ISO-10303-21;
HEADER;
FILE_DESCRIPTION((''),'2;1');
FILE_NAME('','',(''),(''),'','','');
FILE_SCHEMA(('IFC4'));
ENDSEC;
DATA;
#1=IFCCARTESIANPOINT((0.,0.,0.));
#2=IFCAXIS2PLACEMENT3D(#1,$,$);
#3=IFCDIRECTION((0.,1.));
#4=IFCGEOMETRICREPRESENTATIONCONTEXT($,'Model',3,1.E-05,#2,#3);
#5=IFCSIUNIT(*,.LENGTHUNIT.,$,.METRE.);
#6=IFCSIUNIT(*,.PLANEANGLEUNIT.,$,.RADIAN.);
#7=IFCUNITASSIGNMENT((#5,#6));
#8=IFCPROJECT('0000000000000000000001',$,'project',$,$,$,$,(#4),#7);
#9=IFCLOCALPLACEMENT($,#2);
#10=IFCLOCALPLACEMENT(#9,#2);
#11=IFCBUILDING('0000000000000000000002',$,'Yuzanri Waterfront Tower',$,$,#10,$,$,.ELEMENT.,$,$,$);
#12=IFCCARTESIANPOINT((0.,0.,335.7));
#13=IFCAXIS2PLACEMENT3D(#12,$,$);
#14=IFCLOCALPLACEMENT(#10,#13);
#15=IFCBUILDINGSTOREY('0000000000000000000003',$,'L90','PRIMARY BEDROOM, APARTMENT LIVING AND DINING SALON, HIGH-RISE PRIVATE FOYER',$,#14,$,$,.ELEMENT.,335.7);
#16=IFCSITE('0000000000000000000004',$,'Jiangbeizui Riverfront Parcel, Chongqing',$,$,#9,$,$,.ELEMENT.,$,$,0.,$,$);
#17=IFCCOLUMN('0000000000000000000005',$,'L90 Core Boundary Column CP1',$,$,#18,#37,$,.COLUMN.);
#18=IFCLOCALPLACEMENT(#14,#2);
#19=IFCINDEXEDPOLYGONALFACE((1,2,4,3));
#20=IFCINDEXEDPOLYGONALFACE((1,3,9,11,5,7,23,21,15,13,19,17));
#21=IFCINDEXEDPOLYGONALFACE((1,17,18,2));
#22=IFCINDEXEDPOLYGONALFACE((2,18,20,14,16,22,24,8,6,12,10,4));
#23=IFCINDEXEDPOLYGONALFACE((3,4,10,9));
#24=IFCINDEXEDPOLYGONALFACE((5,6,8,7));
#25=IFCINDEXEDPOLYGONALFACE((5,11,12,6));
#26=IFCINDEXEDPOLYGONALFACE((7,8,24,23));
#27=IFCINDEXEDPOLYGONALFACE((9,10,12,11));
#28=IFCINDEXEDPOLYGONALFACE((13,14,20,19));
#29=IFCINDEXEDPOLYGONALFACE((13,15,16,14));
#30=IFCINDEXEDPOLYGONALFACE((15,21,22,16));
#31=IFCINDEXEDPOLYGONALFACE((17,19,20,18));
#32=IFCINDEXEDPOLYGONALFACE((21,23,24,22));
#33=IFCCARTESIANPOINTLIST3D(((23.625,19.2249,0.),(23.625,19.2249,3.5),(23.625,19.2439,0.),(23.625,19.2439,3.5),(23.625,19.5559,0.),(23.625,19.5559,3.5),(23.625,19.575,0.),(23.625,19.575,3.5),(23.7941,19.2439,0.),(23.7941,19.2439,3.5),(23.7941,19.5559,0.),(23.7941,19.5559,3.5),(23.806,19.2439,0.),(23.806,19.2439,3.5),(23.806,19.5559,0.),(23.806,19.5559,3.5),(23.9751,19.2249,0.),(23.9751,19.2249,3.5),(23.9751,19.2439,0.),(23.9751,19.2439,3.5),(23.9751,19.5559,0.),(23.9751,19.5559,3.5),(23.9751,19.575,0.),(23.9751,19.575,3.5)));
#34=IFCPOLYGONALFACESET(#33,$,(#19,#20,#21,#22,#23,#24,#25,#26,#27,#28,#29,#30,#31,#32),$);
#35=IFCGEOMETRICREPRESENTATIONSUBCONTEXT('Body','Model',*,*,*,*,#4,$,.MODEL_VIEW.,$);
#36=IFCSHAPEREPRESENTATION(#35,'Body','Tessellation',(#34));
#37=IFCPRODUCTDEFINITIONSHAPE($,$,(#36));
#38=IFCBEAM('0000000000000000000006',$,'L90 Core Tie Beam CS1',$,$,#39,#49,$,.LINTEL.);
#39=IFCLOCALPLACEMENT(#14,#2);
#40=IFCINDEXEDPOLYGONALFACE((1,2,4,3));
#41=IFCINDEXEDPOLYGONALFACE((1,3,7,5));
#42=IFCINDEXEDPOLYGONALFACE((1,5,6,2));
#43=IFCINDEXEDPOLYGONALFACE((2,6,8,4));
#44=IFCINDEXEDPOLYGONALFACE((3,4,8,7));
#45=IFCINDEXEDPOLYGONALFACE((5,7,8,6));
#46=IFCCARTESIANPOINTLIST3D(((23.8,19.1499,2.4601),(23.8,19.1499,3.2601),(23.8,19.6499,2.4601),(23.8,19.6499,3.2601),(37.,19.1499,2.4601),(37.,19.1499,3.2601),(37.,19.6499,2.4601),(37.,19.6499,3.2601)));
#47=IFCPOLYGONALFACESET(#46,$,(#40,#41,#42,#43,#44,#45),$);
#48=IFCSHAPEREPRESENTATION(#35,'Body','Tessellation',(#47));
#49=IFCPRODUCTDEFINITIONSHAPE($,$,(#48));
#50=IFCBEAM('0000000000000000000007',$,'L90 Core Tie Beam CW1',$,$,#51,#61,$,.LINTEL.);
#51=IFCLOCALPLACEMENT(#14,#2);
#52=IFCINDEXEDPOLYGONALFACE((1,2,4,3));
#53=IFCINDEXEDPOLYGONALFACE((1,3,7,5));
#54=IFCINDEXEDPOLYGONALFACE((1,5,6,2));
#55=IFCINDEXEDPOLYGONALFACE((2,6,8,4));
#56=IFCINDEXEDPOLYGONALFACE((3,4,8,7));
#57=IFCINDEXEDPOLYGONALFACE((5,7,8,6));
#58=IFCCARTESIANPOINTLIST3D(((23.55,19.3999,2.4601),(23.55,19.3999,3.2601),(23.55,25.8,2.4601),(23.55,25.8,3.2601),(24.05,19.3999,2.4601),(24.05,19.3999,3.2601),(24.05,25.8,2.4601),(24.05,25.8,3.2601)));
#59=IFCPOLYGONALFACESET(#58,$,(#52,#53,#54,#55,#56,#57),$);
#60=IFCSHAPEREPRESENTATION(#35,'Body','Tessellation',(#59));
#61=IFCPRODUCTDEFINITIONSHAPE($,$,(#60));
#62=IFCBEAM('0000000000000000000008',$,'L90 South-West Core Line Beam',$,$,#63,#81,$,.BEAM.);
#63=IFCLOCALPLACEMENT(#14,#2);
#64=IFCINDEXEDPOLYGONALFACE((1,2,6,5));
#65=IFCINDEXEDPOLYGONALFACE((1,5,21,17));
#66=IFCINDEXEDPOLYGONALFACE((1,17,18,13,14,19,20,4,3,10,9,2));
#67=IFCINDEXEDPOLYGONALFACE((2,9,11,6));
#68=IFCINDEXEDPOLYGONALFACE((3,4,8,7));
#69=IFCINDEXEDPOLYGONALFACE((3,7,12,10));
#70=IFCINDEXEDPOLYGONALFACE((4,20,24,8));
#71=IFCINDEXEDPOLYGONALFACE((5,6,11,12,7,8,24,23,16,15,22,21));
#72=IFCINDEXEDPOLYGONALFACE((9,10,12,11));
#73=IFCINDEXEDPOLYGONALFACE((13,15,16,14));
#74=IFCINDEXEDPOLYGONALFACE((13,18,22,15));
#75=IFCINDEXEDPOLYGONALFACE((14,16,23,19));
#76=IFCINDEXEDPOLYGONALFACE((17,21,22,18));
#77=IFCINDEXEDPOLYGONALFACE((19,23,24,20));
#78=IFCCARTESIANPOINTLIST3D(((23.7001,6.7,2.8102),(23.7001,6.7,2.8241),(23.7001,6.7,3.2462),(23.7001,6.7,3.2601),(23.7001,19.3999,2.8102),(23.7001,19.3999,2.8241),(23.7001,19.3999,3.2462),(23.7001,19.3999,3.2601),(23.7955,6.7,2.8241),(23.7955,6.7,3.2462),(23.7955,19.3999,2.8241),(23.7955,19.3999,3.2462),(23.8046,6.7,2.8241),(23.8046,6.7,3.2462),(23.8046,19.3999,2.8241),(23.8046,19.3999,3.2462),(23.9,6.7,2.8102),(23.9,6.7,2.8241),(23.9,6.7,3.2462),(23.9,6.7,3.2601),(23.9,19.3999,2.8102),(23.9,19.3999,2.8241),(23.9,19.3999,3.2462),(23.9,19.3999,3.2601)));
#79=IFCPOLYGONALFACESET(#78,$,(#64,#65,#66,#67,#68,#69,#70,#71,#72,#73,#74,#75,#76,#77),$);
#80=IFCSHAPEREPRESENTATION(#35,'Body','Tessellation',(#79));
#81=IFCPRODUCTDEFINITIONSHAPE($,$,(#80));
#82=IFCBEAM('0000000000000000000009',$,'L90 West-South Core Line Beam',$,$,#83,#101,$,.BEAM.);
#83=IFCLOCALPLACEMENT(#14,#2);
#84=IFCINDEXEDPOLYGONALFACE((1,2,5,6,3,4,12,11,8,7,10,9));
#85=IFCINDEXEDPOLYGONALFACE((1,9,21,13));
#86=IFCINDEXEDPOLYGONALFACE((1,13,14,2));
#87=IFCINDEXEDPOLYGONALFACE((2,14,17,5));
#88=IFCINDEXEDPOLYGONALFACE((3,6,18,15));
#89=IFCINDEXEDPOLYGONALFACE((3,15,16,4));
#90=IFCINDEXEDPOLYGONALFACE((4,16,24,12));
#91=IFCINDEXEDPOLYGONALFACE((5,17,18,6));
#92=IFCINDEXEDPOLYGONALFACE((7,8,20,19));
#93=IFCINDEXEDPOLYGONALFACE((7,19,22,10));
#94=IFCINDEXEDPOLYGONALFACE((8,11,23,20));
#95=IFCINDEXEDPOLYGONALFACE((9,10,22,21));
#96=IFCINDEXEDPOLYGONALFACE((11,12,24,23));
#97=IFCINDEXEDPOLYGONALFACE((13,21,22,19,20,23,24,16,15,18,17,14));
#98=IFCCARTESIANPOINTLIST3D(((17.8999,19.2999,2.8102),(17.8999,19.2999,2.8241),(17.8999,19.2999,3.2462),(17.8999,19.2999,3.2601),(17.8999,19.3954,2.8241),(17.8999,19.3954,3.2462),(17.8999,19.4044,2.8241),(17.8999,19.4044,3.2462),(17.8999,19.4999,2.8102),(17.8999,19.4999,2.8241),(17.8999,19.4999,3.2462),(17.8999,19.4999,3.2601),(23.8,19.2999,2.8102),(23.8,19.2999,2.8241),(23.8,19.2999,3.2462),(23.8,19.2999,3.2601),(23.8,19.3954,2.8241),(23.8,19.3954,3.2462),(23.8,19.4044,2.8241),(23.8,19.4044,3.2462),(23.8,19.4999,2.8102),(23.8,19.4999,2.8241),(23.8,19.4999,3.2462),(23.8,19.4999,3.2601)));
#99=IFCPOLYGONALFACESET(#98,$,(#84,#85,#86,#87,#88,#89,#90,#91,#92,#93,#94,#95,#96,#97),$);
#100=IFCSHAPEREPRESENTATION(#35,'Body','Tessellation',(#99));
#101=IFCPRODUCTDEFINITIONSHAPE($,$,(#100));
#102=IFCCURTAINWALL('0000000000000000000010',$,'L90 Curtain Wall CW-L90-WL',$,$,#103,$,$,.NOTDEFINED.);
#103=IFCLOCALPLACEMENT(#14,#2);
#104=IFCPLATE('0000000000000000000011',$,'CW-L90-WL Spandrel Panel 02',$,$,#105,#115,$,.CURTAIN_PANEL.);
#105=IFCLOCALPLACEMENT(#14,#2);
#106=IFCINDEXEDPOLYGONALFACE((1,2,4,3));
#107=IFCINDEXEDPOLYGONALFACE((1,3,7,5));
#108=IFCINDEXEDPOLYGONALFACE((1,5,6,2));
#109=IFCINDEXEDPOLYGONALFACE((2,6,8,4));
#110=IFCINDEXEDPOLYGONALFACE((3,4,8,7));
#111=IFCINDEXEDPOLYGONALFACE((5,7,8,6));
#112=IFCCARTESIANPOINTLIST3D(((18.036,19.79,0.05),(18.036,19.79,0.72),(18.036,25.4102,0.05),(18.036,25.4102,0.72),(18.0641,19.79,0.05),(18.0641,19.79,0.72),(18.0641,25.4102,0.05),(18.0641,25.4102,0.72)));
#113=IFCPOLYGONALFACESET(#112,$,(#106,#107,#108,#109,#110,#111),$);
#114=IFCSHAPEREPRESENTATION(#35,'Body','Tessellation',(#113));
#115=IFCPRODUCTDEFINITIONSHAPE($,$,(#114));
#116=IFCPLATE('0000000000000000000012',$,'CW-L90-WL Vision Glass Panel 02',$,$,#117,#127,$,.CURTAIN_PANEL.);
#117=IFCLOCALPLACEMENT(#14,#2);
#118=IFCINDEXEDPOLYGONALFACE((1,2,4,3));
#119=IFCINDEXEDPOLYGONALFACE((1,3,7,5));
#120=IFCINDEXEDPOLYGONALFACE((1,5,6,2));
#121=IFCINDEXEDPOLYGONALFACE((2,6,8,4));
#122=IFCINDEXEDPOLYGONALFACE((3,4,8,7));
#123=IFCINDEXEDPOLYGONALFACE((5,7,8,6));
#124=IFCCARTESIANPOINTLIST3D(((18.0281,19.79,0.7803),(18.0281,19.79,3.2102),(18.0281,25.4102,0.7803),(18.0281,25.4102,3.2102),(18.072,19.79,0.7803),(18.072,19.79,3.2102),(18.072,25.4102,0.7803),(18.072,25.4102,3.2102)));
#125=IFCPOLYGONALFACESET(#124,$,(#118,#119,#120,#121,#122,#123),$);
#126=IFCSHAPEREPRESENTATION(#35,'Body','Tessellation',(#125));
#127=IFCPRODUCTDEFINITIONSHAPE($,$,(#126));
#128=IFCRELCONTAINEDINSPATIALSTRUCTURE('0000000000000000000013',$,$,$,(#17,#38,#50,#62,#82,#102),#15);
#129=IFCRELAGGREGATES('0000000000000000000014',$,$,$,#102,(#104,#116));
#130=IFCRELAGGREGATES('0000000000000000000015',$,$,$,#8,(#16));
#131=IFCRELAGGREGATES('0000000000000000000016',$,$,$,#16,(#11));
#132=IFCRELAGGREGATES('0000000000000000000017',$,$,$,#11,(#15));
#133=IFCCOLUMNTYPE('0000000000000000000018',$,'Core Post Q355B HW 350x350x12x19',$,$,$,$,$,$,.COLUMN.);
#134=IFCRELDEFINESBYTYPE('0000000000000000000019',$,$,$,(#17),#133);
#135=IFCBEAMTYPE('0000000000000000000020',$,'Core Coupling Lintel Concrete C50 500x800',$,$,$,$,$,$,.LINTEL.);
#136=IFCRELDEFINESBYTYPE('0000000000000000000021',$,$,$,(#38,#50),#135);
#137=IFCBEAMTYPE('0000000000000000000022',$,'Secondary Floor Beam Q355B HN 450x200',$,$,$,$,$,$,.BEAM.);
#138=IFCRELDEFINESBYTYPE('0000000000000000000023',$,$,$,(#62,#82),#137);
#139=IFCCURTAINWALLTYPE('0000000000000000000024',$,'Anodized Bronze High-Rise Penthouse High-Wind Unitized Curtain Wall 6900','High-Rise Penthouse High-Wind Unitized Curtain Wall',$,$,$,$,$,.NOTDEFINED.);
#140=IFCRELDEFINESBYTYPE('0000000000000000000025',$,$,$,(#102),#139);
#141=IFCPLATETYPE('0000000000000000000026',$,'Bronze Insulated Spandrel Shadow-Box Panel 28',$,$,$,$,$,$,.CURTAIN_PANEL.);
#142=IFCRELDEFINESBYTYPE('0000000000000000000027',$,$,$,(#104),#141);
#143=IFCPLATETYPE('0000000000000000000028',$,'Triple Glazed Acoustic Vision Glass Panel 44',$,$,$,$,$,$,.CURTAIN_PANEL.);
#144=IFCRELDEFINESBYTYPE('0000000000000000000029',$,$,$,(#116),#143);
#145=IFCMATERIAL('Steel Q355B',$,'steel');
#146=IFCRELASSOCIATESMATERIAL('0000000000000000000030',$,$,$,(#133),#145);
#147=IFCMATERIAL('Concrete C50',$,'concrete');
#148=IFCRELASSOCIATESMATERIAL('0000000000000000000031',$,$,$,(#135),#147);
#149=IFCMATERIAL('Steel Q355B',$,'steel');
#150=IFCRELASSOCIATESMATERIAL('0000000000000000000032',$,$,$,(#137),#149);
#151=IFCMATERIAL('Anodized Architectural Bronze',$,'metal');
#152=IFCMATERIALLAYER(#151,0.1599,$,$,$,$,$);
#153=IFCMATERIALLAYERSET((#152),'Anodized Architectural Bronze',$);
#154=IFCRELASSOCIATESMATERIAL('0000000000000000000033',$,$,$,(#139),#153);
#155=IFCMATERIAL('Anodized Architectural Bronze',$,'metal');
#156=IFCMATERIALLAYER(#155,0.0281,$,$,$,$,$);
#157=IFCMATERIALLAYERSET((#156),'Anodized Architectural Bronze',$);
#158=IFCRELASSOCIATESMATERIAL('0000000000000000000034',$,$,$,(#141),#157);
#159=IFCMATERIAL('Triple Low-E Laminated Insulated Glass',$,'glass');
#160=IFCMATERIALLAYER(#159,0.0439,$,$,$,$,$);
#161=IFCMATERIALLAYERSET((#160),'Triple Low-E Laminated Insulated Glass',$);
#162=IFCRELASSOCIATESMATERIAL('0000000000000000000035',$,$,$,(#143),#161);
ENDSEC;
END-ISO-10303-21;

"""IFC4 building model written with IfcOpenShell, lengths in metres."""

from ifc_helpers import new_model, si_unit, direction, frame, origin, origin_2d, place, context, subcontext, project, spatial, rectangle, i_section, extrude, source, transform, mapped, material, layer, layer_set, material_profile, profile_set, type_object, element, aggregate, save


model = new_model("IFC4")

# Units and contexts
model_context = context("Model", 3, precision=1e-05, world=origin(), true_north=direction((0.0, 1.0)))
body_context = subcontext(model_context, "Body", "Model", "MODEL_VIEW")
ifc_project = project(units=[si_unit("LENGTHUNIT", "METRE"), si_unit("PLANEANGLEUNIT", "RADIAN")], contexts=[model_context])

# Site, building, storey
site_placement = place(None, origin())
site = spatial("IfcSite", under=ifc_project, at=site_placement, Name="Jiangbeizui Riverfront Parcel, Chongqing", CompositionType="ELEMENT", RefElevation=0.0)
building_placement = place(site_placement, origin())
building = spatial("IfcBuilding", under=site, at=building_placement, Name="Yuzanri Waterfront Tower", CompositionType="ELEMENT")
storey_placement = place(building_placement, frame((0.0, 0.0, 335.7)))
storey = spatial("IfcBuildingStorey", under=building, at=storey_placement, Name="L90", Description="PRIMARY BEDROOM, APARTMENT LIVING AND DINING SALON, HIGH-RISE PRIVATE FOYER", CompositionType="ELEMENT", Elevation=335.7)

# Column
ifc_material_1 = material(Name="Steel Q355B", Category="steel")
ifc_material_profile_1 = material_profile(ifc_material_1, i_section(OverallWidth=0.3501, OverallDepth=0.3501, WebThickness=0.012, FlangeThickness=0.019, at=origin_2d()), Name="HW 350x350x12x19")
ifc_profile_set_1 = profile_set([ifc_material_profile_1], Name="Steel Q355B")
column_type = type_object("IfcColumnType", Name="Core Post Q355B HW 350x350x12x19", PredefinedType="COLUMN", material=ifc_profile_set_1)
shared_shape_1 = source(origin(), body_context, "Body", "SweptSolid", [
    extrude(i_section(OverallWidth=0.3501, OverallDepth=0.3501, WebThickness=0.012, FlangeThickness=0.019, at=origin_2d()), origin(), (0.0, 0.0, 1.0), 3.5),
])
column_placement = place(storey_placement, frame((23.8, 19.3999, 0.0), z_axis=(0.0, 0.0, 1.0), x_axis=(1.0, 0.0, 0.0)))
element("IfcColumn", 1, at=column_placement, inside=storey, type_object=column_type, Name="L90 Core Boundary Column CP1", PredefinedType="COLUMN", context=body_context, shape_type="MappedRepresentation", body=[
    mapped(shared_shape_1, transform((0.0, 0.0, 0.0), scale=1.0)),
])

# Beams
ifc_material_2 = material(Name="Concrete C50", Category="concrete")
ifc_material_profile_2 = material_profile(ifc_material_2, rectangle(XDim=0.5, YDim=0.8, at=origin_2d()), Name="RC 500x800")
ifc_profile_set_2 = profile_set([ifc_material_profile_2], Name="Concrete C50")
beam_type_1 = type_object("IfcBeamType", Name="Core Coupling Lintel Concrete C50 500x800", PredefinedType="LINTEL", material=ifc_profile_set_2)
shared_shape_2 = source(origin(), body_context, "Body", "SweptSolid", [
    extrude(rectangle(XDim=0.5, YDim=0.8, at=origin_2d()), origin(), (0.0, 0.0, 1.0), 13.2),
])
beam_1_placement = place(storey_placement, frame((23.8, 19.3999, 2.8601), z_axis=(1.0, 0.0, 0.0), x_axis=(0.0, 1.0, 0.0)))
element("IfcBeam", 2, at=beam_1_placement, inside=storey, type_object=beam_type_1, Name="L90 Core Tie Beam CS1", PredefinedType="LINTEL", context=body_context, shape_type="MappedRepresentation", body=[
    mapped(shared_shape_2, transform((0.0, 0.0, 0.0), scale=1.0)),
])
shared_shape_3 = source(origin(), body_context, "Body", "SweptSolid", [
    extrude(rectangle(XDim=0.5, YDim=0.8, at=origin_2d()), origin(), (0.0, 0.0, 1.0), 6.4001),
])
beam_2_placement = place(storey_placement, frame((23.8, 19.3999, 2.8601), z_axis=(0.0, 1.0, 0.0), x_axis=(-1.0, 0.0, 0.0)))
element("IfcBeam", 3, at=beam_2_placement, inside=storey, type_object=beam_type_1, Name="L90 Core Tie Beam CW1", PredefinedType="LINTEL", context=body_context, shape_type="MappedRepresentation", body=[
    mapped(shared_shape_3, transform((0.0, 0.0, 0.0), scale=1.0)),
])
ifc_material_3 = material(Name="Steel Q355B", Category="steel")
ifc_material_profile_3 = material_profile(ifc_material_3, i_section(OverallWidth=0.2, OverallDepth=0.45, WebThickness=0.009, FlangeThickness=0.0139, at=origin_2d()), Name="HN 450x200x9x14")
ifc_profile_set_3 = profile_set([ifc_material_profile_3], Name="Steel Q355B")
beam_type_2 = type_object("IfcBeamType", Name="Secondary Floor Beam Q355B HN 450x200", PredefinedType="BEAM", material=ifc_profile_set_3)
shared_shape_4 = source(origin(), body_context, "Body", "SweptSolid", [
    extrude(i_section(OverallWidth=0.2, OverallDepth=0.45, WebThickness=0.009, FlangeThickness=0.0139, at=origin_2d()), origin(), (0.0, 0.0, 1.0), 12.7),
])
beam_3_placement = place(storey_placement, frame((23.8, 19.3999, 3.0352), z_axis=(0.0, -1.0, 0.0), x_axis=(1.0, 0.0, 0.0)))
element("IfcBeam", 4, at=beam_3_placement, inside=storey, type_object=beam_type_2, Name="L90 South-West Core Line Beam", PredefinedType="BEAM", context=body_context, shape_type="MappedRepresentation", body=[
    mapped(shared_shape_4, transform((0.0, 0.0, 0.0), scale=1.0)),
])
shared_shape_5 = source(origin(), body_context, "Body", "SweptSolid", [
    extrude(i_section(OverallWidth=0.2, OverallDepth=0.45, WebThickness=0.009, FlangeThickness=0.0139, at=origin_2d()), origin(), (0.0, 0.0, 1.0), 5.9001),
])
beam_4_placement = place(storey_placement, frame((23.8, 19.3999, 3.0352), z_axis=(-1.0, 0.0, 0.0), x_axis=(0.0, -1.0, 0.0)))
element("IfcBeam", 5, at=beam_4_placement, inside=storey, type_object=beam_type_2, Name="L90 West-South Core Line Beam", PredefinedType="BEAM", context=body_context, shape_type="MappedRepresentation", body=[
    mapped(shared_shape_5, transform((0.0, 0.0, 0.0), scale=1.0)),
])

# Curtain wall, plates
ifc_material_4 = material(Name="Anodized Architectural Bronze", Category="metal")
ifc_layer_1 = layer(ifc_material_4, 0.1599)
ifc_layer_set_1 = layer_set([ifc_layer_1], Name="Anodized Architectural Bronze")
curtain_wall_type = type_object("IfcCurtainWallType", Name="Anodized Bronze High-Rise Penthouse High-Wind Unitized Curtain Wall 6900", Description="High-Rise Penthouse High-Wind Unitized Curtain Wall", PredefinedType="NOTDEFINED", material=ifc_layer_set_1)
curtain_wall_placement = place(storey_placement, origin())
curtain_wall = element("IfcCurtainWall", 6, at=curtain_wall_placement, inside=storey, type_object=curtain_wall_type, Name="L90 Curtain Wall CW-L90-WL", PredefinedType="NOTDEFINED")
ifc_material_5 = material(Name="Anodized Architectural Bronze", Category="metal")
ifc_layer_2 = layer(ifc_material_5, 0.0281)
ifc_layer_set_2 = layer_set([ifc_layer_2], Name="Anodized Architectural Bronze")
plate_type_1 = type_object("IfcPlateType", Name="Bronze Insulated Spandrel Shadow-Box Panel 28", PredefinedType="CURTAIN_PANEL", material=ifc_layer_set_2)
shared_shape_6 = source(origin(), body_context, "Body", "SweptSolid", [
    extrude(rectangle(XDim=5.6201, YDim=0.0281, at=origin_2d()), origin(), (0.0, 0.0, 1.0), 0.6699),
])
plate_1_placement = place(storey_placement, frame((18.05, 22.6001, 0.05), z_axis=(0.0, 0.0, 1.0), x_axis=(0.0, 1.0, 0.0)))
plate_1 = element("IfcPlate", 7, at=plate_1_placement, type_object=plate_type_1, Name="CW-L90-WL Spandrel Panel 02", PredefinedType="CURTAIN_PANEL", context=body_context, shape_type="MappedRepresentation", body=[
    mapped(shared_shape_6, transform((0.0, 0.0, 0.0), scale=1.0)),
])
ifc_material_6 = material(Name="Triple Low-E Laminated Insulated Glass", Category="glass")
ifc_layer_3 = layer(ifc_material_6, 0.0439)
ifc_layer_set_3 = layer_set([ifc_layer_3], Name="Triple Low-E Laminated Insulated Glass")
plate_type_2 = type_object("IfcPlateType", Name="Triple Glazed Acoustic Vision Glass Panel 44", PredefinedType="CURTAIN_PANEL", material=ifc_layer_set_3)
shared_shape_7 = source(origin(), body_context, "Body", "SweptSolid", [
    extrude(rectangle(XDim=5.6201, YDim=0.0439, at=origin_2d()), origin(), (0.0, 0.0, 1.0), 2.4299),
])
plate_2_placement = place(storey_placement, frame((18.05, 22.6001, 0.7803), z_axis=(0.0, 0.0, 1.0), x_axis=(0.0, 1.0, 0.0)))
plate_2 = element("IfcPlate", 8, at=plate_2_placement, type_object=plate_type_2, Name="CW-L90-WL Vision Glass Panel 02", PredefinedType="CURTAIN_PANEL", context=body_context, shape_type="MappedRepresentation", body=[
    mapped(shared_shape_7, transform((0.0, 0.0, 0.0), scale=1.0)),
])
aggregate(curtain_wall, [plate_1, plate_2])

save(model, "model.ifc")
